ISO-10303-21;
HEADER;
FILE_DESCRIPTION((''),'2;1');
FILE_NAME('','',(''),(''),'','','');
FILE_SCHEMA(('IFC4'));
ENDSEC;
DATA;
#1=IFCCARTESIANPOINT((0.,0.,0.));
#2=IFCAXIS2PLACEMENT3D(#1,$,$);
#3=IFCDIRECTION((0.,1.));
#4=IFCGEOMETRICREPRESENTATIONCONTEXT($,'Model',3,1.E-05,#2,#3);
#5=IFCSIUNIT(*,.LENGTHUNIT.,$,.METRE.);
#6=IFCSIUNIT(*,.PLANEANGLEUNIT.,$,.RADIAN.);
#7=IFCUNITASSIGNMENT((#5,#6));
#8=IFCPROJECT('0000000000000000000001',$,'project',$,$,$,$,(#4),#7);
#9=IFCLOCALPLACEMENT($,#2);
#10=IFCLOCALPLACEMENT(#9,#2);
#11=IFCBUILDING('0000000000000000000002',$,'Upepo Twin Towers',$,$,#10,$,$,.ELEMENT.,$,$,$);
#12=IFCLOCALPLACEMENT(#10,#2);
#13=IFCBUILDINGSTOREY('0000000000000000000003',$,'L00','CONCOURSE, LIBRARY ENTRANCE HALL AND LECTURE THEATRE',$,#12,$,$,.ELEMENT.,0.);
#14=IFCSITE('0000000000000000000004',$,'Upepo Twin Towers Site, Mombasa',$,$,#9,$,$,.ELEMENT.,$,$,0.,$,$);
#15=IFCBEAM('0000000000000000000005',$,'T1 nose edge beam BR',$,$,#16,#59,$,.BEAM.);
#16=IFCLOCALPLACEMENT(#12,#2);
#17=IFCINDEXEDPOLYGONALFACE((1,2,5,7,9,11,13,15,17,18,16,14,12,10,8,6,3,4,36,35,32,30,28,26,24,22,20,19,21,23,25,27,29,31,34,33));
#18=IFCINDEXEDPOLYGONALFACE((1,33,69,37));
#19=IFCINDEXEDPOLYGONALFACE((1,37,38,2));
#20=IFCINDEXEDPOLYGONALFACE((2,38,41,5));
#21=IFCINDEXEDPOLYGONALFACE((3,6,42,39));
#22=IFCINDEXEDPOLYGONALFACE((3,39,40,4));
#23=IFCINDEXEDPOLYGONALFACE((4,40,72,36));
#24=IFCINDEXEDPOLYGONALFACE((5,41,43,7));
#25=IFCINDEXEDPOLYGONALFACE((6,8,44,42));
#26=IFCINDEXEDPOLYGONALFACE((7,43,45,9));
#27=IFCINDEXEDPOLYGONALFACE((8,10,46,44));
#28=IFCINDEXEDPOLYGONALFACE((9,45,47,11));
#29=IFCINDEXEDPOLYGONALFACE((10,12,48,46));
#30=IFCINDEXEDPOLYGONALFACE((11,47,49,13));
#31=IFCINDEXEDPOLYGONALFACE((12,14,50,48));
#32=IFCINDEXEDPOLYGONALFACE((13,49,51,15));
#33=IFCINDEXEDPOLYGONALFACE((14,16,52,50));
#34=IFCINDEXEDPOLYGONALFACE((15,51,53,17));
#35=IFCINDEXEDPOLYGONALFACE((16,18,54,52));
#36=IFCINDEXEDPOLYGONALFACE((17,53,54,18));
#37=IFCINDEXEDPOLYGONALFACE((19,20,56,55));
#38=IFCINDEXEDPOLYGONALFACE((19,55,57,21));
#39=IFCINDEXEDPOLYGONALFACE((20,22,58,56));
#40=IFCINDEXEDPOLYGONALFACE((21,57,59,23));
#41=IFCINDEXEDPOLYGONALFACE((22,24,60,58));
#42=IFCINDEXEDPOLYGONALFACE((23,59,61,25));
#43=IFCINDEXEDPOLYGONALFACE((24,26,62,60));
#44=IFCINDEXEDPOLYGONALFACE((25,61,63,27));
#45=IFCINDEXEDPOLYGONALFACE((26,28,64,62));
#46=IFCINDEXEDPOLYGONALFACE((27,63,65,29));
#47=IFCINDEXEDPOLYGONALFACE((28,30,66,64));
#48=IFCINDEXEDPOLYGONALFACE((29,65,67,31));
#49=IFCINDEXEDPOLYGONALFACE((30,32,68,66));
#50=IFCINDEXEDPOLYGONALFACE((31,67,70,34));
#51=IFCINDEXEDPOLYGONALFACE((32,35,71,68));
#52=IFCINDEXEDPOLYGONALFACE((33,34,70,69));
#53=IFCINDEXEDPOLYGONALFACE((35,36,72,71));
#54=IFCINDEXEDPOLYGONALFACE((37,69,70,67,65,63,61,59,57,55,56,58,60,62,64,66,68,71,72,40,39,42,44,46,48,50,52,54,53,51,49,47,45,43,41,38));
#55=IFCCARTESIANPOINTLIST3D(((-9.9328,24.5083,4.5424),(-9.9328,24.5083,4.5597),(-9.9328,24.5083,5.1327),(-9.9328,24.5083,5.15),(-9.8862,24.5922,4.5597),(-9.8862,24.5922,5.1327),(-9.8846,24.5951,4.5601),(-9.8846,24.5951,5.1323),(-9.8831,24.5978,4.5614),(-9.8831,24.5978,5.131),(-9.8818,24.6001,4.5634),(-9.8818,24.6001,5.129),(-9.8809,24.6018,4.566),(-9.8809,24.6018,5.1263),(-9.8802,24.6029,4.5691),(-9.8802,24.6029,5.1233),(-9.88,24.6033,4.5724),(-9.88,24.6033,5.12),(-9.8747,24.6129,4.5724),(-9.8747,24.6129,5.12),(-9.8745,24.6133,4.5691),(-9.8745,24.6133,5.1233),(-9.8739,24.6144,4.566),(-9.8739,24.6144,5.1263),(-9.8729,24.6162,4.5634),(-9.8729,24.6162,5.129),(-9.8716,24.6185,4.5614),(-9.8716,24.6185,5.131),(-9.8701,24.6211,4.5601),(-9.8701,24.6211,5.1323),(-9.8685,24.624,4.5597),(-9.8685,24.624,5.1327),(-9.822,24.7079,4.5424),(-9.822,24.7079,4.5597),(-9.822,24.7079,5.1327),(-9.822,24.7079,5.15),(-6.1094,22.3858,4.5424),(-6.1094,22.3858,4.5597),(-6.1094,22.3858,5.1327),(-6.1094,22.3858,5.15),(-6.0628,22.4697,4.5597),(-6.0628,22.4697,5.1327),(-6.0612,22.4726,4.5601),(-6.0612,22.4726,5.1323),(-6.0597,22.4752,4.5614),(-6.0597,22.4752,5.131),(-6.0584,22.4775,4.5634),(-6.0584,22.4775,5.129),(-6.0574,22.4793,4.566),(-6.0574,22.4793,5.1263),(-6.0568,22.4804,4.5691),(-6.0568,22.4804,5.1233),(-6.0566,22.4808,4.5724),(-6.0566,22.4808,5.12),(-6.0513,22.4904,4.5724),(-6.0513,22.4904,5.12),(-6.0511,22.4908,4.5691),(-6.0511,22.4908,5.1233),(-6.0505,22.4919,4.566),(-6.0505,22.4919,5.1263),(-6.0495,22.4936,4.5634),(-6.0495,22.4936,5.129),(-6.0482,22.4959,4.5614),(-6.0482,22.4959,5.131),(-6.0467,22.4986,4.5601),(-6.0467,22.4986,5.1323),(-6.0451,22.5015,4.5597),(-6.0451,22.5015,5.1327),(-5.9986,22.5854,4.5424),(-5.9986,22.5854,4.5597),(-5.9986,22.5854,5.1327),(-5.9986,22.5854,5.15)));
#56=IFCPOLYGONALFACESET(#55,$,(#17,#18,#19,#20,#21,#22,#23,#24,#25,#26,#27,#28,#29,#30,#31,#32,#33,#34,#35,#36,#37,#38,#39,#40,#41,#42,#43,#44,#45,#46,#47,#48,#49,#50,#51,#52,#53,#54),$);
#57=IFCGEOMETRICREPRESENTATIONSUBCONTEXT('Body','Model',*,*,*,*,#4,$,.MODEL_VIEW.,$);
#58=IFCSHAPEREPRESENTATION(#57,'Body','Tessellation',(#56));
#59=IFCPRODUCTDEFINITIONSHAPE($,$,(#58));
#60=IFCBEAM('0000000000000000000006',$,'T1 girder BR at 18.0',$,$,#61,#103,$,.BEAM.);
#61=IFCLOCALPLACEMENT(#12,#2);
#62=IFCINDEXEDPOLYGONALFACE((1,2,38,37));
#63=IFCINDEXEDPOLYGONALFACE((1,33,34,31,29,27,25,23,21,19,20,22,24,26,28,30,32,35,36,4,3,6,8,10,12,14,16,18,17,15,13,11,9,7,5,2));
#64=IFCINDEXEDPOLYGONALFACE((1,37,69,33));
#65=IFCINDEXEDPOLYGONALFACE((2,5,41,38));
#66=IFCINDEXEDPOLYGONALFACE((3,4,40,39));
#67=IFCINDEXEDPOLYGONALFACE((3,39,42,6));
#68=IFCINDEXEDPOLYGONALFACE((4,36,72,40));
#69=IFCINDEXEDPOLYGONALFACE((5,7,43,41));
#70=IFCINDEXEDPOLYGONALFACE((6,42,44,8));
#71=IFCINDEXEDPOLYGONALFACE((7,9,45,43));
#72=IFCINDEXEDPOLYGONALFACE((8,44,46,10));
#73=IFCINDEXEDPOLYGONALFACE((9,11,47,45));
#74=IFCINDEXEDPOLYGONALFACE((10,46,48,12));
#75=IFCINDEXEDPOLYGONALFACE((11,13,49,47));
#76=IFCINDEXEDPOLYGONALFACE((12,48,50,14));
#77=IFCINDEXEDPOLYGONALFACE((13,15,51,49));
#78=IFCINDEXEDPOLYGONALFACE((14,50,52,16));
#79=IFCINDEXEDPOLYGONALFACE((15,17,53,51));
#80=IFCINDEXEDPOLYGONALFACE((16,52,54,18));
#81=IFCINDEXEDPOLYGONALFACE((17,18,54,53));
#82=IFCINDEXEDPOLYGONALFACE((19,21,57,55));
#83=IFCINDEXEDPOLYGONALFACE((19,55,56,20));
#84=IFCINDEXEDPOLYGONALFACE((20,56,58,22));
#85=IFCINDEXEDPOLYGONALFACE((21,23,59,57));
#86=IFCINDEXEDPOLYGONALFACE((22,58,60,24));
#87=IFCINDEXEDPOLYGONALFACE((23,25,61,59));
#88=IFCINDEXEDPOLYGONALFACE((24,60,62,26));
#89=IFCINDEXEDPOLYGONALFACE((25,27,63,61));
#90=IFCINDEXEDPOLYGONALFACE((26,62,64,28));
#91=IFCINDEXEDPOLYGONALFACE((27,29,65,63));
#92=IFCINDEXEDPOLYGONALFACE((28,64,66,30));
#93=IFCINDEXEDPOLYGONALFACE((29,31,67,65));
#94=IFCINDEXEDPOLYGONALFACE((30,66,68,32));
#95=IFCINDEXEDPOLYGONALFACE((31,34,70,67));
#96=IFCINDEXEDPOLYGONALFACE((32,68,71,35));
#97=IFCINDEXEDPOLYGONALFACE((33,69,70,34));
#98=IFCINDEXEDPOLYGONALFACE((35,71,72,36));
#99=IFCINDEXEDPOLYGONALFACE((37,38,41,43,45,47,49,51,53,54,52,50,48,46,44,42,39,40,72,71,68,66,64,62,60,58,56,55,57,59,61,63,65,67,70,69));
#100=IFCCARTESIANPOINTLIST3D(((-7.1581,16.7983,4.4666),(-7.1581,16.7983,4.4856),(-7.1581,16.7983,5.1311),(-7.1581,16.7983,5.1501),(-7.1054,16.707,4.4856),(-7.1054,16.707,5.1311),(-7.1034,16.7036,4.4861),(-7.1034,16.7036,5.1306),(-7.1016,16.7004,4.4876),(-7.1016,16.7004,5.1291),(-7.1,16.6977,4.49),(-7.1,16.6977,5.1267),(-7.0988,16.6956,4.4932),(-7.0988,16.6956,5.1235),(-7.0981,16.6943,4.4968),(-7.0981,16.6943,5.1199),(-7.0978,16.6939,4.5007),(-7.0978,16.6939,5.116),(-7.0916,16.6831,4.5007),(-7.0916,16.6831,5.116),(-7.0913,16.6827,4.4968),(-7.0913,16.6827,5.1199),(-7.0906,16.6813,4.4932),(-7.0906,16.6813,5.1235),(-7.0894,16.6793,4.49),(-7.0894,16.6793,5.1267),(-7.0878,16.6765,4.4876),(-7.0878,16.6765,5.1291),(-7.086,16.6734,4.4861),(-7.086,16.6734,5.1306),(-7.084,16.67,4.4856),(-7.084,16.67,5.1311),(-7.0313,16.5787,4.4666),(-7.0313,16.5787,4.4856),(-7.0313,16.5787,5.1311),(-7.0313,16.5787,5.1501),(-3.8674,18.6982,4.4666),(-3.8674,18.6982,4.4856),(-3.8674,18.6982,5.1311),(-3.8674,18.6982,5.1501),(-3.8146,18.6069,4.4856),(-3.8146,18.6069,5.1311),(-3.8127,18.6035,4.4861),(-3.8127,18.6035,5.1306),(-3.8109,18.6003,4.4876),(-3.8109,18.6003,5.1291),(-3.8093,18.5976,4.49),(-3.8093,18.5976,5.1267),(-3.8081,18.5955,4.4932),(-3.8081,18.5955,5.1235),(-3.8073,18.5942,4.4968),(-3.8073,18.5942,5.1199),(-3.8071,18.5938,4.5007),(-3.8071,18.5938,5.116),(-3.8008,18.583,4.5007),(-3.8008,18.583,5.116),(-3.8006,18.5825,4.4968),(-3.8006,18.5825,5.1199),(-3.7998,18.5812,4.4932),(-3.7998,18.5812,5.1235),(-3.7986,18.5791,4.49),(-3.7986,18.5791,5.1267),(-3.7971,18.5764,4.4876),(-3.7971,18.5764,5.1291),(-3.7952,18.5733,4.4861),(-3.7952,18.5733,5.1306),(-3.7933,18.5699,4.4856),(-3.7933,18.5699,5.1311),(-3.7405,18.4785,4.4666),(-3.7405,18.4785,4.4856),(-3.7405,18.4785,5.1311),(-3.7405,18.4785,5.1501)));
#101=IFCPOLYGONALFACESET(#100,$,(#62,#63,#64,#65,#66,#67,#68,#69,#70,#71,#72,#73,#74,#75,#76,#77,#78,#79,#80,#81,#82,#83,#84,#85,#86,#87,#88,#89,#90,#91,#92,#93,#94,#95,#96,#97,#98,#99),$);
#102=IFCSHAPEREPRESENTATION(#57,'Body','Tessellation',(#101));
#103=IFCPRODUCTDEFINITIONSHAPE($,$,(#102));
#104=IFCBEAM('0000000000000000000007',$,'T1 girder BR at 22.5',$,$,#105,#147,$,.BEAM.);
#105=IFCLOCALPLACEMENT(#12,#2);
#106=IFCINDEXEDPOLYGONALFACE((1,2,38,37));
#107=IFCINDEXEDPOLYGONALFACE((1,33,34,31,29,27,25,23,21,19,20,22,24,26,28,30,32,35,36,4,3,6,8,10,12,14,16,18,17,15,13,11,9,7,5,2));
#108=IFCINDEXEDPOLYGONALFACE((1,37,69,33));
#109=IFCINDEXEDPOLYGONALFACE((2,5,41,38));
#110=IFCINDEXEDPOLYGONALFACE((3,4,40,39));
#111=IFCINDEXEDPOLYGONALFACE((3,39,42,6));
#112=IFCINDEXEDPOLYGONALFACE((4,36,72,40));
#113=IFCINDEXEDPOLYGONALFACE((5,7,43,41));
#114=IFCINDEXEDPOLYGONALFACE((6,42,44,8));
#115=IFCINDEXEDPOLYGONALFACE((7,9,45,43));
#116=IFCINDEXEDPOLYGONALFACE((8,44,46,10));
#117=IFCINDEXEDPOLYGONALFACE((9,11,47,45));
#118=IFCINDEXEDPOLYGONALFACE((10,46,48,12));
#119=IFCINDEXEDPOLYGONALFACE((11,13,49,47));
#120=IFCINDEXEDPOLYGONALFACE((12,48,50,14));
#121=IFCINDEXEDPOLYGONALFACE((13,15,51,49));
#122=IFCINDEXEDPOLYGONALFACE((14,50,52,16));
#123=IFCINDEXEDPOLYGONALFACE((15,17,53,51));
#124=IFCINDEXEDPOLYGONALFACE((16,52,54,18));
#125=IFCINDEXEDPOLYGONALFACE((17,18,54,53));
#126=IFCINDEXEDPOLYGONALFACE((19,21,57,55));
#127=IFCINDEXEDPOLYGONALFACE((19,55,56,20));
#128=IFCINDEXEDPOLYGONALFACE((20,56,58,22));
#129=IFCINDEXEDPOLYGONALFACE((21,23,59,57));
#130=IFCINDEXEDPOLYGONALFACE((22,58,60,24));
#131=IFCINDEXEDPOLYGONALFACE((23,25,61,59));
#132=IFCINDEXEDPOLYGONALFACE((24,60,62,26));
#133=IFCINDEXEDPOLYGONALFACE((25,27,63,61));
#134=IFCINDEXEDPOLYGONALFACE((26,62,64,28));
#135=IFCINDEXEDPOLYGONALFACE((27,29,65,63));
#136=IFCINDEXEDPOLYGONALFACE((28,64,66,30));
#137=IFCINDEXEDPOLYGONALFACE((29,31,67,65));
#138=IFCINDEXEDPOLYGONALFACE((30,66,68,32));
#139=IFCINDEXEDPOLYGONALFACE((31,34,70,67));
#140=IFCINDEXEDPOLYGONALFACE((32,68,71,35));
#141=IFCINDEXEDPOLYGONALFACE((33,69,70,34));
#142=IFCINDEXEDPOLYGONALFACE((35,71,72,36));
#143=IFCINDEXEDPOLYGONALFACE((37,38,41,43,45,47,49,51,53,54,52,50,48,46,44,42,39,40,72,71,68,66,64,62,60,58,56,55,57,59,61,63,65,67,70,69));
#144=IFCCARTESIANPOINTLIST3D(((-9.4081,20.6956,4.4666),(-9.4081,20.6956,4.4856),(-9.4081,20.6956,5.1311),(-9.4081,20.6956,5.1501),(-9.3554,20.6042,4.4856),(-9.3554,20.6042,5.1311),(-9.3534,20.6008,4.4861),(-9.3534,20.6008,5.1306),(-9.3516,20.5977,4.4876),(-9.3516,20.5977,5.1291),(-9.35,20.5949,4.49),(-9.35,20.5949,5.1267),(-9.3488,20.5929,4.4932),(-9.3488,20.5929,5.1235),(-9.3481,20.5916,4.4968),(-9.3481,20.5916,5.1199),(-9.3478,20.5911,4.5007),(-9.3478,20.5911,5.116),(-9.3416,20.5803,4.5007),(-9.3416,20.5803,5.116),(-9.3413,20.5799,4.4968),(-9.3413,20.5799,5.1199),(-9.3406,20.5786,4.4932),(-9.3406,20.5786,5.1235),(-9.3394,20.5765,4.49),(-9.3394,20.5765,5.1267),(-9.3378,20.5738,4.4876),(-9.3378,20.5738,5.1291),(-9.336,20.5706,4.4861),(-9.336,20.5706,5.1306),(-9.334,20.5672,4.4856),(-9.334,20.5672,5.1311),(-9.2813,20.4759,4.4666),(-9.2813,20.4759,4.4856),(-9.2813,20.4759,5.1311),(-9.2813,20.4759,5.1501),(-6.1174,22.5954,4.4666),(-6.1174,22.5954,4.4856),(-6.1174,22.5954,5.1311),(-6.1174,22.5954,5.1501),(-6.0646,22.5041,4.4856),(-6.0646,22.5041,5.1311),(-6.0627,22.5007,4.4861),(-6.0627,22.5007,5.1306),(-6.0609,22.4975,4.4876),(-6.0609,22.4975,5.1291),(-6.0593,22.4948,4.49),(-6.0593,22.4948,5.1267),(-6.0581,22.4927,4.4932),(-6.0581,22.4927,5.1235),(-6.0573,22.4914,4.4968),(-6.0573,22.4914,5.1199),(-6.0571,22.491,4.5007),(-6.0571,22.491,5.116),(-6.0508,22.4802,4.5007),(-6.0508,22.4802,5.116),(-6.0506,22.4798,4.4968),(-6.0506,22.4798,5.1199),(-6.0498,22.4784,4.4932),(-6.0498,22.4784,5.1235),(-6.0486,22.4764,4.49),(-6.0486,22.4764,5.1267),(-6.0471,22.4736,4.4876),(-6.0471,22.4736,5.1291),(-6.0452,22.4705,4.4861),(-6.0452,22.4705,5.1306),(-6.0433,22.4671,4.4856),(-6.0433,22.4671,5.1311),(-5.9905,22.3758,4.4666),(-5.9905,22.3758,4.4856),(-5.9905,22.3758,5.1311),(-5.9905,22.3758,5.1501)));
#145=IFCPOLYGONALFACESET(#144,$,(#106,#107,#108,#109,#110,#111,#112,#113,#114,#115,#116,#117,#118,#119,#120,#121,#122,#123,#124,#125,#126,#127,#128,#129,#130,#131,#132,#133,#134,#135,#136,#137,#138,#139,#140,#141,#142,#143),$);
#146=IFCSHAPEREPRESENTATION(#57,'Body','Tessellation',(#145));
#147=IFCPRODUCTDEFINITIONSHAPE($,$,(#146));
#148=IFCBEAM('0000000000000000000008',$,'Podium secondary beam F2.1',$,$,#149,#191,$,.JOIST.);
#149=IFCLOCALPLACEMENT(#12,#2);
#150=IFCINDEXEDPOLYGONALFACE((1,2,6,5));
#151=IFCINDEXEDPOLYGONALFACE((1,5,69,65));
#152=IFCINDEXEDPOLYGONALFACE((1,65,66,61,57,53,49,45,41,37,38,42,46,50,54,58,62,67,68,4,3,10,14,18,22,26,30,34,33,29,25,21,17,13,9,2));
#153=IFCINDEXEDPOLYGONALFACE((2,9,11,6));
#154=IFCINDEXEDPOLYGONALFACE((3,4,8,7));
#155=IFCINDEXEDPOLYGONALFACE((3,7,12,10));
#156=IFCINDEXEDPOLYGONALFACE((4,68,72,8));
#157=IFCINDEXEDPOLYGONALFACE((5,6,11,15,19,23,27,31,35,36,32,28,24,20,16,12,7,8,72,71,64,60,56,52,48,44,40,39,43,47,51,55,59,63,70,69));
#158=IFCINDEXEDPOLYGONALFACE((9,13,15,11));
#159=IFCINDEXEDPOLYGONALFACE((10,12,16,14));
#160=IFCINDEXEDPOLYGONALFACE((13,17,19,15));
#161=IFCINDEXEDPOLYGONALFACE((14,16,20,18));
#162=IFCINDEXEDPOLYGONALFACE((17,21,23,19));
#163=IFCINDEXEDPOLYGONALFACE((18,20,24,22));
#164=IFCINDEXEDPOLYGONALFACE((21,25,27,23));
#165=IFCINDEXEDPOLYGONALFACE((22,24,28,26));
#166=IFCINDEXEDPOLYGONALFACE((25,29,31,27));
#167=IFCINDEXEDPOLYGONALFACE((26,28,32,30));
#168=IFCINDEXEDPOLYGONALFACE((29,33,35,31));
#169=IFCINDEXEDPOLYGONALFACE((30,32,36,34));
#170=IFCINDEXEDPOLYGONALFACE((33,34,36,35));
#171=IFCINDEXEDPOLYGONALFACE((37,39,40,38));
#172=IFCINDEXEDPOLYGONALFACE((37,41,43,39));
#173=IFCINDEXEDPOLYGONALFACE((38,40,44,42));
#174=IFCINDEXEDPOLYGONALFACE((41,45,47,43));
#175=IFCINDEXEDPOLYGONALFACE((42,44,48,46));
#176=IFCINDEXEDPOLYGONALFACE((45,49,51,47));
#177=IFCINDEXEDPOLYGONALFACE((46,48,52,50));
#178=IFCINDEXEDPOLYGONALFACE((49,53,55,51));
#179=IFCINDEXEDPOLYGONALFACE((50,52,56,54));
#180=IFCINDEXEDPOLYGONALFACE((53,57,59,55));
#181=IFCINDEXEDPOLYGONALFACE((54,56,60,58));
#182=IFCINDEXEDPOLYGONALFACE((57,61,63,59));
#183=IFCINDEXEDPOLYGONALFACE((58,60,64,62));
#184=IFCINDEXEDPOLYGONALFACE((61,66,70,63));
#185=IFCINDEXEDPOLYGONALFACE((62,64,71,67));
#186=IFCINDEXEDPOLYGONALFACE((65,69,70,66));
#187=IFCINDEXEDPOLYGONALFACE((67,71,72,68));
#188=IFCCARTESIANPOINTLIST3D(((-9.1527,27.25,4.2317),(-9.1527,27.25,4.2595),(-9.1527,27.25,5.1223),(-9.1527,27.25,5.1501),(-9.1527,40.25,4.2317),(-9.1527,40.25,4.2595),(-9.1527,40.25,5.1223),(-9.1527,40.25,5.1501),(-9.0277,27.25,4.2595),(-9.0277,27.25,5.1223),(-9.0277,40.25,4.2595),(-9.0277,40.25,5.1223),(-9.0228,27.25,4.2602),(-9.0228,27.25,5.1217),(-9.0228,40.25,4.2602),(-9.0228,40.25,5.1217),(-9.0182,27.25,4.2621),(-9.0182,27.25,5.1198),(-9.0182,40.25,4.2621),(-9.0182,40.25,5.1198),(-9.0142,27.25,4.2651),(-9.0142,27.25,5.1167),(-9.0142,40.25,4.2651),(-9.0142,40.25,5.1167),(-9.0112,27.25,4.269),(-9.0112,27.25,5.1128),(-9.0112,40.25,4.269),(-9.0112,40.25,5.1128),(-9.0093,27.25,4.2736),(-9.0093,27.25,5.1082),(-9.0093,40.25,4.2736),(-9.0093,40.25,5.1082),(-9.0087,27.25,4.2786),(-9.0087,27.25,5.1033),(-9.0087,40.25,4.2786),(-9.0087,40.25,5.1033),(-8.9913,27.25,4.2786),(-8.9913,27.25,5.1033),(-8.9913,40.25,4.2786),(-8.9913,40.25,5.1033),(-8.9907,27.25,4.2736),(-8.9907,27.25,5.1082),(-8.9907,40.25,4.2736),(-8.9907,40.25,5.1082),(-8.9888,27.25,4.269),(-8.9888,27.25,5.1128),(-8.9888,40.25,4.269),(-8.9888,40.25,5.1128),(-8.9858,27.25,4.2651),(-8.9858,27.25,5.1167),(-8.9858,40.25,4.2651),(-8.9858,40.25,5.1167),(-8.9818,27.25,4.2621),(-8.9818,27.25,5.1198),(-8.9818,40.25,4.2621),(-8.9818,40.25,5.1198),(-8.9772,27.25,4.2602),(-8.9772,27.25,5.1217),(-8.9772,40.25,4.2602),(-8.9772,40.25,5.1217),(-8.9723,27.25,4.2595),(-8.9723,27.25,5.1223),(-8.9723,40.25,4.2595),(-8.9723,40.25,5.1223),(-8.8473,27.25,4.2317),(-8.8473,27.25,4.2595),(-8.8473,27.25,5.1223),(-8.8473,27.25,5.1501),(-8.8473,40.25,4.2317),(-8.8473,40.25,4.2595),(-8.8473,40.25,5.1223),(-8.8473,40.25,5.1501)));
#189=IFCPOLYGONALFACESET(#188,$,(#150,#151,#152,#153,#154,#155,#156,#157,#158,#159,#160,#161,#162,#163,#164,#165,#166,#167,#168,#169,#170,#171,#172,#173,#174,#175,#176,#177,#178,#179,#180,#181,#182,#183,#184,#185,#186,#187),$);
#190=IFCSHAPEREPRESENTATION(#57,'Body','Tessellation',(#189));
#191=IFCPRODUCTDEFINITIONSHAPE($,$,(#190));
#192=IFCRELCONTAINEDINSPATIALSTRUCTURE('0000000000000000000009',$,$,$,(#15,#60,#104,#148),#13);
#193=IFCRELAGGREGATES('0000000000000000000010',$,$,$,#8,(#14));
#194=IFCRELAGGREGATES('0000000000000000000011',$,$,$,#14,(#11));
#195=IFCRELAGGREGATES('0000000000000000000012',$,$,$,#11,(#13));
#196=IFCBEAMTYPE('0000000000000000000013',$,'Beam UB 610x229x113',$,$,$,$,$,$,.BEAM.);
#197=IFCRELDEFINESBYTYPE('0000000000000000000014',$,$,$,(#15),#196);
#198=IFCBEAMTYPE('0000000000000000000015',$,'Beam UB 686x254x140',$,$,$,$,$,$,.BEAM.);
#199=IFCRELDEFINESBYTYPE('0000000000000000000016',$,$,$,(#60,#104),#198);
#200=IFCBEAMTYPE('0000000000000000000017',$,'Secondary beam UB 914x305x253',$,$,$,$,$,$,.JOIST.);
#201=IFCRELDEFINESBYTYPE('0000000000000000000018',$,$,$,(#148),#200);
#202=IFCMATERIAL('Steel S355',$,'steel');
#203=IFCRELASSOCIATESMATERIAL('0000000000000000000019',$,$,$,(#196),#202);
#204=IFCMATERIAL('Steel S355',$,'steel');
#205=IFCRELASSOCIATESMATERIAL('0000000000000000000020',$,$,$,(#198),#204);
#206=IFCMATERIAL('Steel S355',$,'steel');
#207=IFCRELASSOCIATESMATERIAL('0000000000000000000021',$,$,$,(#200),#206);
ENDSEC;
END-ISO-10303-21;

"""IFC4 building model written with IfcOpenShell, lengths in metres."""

from ifc_helpers import new_model, si_unit, direction, frame, origin, origin_2d, place, context, subcontext, project, spatial, i_section, extrude, material, material_profile, profile_set, type_object, element, save


model = new_model("IFC4")

# Units and contexts
model_context = context("Model", 3, precision=1e-05, world=origin(), true_north=direction((0.0, 1.0)))
body_context = subcontext(model_context, "Body", "Model", "MODEL_VIEW")
ifc_project = project(units=[si_unit("LENGTHUNIT", "METRE"), si_unit("PLANEANGLEUNIT", "RADIAN")], contexts=[model_context])

# Site, building, storey
site_placement = place(None, origin())
site = spatial("IfcSite", under=ifc_project, at=site_placement, Name="Upepo Twin Towers Site, Mombasa", CompositionType="ELEMENT", RefElevation=0.0)
building_placement = place(site_placement, origin())
building = spatial("IfcBuilding", under=site, at=building_placement, Name="Upepo Twin Towers", CompositionType="ELEMENT")
storey_placement = place(building_placement, origin())
storey = spatial("IfcBuildingStorey", under=building, at=storey_placement, Name="L00", Description="CONCOURSE, LIBRARY ENTRANCE HALL AND LECTURE THEATRE", CompositionType="ELEMENT", Elevation=0.0)

# Beams
ifc_material_1 = material(Name="Steel S355", Category="steel")
ifc_material_profile_1 = material_profile(ifc_material_1, i_section(OverallWidth=0.2283, OverallDepth=0.6077, WebThickness=0.011, FlangeThickness=0.0173, FilletRadius=0.0127, at=origin_2d()), Name="UB 610x229x113")
ifc_profile_set_1 = profile_set([ifc_material_profile_1], Name="Steel S355")
beam_type_1 = type_object("IfcBeamType", Name="Beam UB 610x229x113", PredefinedType="BEAM", material=ifc_profile_set_1)
beam_1_placement = place(storey_placement, frame((-6.054, 22.4856, 4.8462), z_axis=(-0.874313, 0.485363, 0.0), x_axis=(-0.485363, -0.874313, 0.0)))
element("IfcBeam", 1, at=beam_1_placement, inside=storey, type_object=beam_type_1, Name="T1 nose edge beam BR", PredefinedType="BEAM", context=body_context, shape_type="SweptSolid", body=[
    extrude(i_section(OverallWidth=0.2283, OverallDepth=0.6077, WebThickness=0.011, FlangeThickness=0.0173, FilletRadius=0.0127, at=origin_2d()), origin(), (0.0, 0.0, 1.0), 4.373),
])
ifc_material_2 = material(Name="Steel S355", Category="steel")
ifc_material_profile_2 = material_profile(ifc_material_2, i_section(OverallWidth=0.2537, OverallDepth=0.6836, WebThickness=0.0125, FlangeThickness=0.019, FilletRadius=0.0151, at=origin_2d()), Name="UB 686x254x140")
ifc_profile_set_2 = profile_set([ifc_material_profile_2], Name="Steel S355")
beam_type_2 = type_object("IfcBeamType", Name="Beam UB 686x254x140", PredefinedType="BEAM", material=ifc_profile_set_2)
for number, where, z_axis, x_axis, name in (
    (2, (-3.804, 18.5884, 4.8083), (-0.866028, -0.499995, 0.0), (0.499995, -0.866028, 0.0), "T1 girder BR at 18.0"),
    (3, (-6.054, 22.4856, 4.8083), (-0.866028, -0.499995, 0.0), (0.499995, -0.866028, 0.0), "T1 girder BR at 22.5"),
):
    element("IfcBeam", number, at=place(storey_placement, frame(where, z_axis=z_axis, x_axis=x_axis)), inside=storey, type_object=beam_type_2, Name=name, PredefinedType="BEAM", context=body_context, shape_type="SweptSolid", body=[
        extrude(i_section(OverallWidth=0.2537, OverallDepth=0.6836, WebThickness=0.0125, FlangeThickness=0.019, FilletRadius=0.0151, at=origin_2d()), origin(), (0.0, 0.0, 1.0), 3.7998),
    ])
ifc_material_3 = material(Name="Steel S355", Category="steel")
ifc_material_profile_3 = material_profile(ifc_material_3, i_section(OverallWidth=0.3054, OverallDepth=0.9185, WebThickness=0.0173, FlangeThickness=0.0278, FilletRadius=0.019, at=origin_2d()), Name="UB 914x305x253")
ifc_profile_set_3 = profile_set([ifc_material_profile_3], Name="Steel S355")
beam_type_3 = type_object("IfcBeamType", Name="Secondary beam UB 914x305x253", PredefinedType="JOIST", material=ifc_profile_set_3)
for number, where, z_axis, x_axis, name in (
    (4, (-9.0, 27.25, 4.6909), (0.0, 1.0, 0.0), (-1.0, 0.0, 0.0), "Podium secondary beam F2.1"),
):
    element("IfcBeam", number, at=place(storey_placement, frame(where, z_axis=z_axis, x_axis=x_axis)), inside=storey, type_object=beam_type_3, Name=name, PredefinedType="JOIST", context=body_context, shape_type="SweptSolid", body=[
        extrude(i_section(OverallWidth=0.3054, OverallDepth=0.9185, WebThickness=0.0173, FlangeThickness=0.0278, FilletRadius=0.019, at=origin_2d()), origin(), (0.0, 0.0, 1.0), 13.0),
    ])

save(model, "model.ifc")
